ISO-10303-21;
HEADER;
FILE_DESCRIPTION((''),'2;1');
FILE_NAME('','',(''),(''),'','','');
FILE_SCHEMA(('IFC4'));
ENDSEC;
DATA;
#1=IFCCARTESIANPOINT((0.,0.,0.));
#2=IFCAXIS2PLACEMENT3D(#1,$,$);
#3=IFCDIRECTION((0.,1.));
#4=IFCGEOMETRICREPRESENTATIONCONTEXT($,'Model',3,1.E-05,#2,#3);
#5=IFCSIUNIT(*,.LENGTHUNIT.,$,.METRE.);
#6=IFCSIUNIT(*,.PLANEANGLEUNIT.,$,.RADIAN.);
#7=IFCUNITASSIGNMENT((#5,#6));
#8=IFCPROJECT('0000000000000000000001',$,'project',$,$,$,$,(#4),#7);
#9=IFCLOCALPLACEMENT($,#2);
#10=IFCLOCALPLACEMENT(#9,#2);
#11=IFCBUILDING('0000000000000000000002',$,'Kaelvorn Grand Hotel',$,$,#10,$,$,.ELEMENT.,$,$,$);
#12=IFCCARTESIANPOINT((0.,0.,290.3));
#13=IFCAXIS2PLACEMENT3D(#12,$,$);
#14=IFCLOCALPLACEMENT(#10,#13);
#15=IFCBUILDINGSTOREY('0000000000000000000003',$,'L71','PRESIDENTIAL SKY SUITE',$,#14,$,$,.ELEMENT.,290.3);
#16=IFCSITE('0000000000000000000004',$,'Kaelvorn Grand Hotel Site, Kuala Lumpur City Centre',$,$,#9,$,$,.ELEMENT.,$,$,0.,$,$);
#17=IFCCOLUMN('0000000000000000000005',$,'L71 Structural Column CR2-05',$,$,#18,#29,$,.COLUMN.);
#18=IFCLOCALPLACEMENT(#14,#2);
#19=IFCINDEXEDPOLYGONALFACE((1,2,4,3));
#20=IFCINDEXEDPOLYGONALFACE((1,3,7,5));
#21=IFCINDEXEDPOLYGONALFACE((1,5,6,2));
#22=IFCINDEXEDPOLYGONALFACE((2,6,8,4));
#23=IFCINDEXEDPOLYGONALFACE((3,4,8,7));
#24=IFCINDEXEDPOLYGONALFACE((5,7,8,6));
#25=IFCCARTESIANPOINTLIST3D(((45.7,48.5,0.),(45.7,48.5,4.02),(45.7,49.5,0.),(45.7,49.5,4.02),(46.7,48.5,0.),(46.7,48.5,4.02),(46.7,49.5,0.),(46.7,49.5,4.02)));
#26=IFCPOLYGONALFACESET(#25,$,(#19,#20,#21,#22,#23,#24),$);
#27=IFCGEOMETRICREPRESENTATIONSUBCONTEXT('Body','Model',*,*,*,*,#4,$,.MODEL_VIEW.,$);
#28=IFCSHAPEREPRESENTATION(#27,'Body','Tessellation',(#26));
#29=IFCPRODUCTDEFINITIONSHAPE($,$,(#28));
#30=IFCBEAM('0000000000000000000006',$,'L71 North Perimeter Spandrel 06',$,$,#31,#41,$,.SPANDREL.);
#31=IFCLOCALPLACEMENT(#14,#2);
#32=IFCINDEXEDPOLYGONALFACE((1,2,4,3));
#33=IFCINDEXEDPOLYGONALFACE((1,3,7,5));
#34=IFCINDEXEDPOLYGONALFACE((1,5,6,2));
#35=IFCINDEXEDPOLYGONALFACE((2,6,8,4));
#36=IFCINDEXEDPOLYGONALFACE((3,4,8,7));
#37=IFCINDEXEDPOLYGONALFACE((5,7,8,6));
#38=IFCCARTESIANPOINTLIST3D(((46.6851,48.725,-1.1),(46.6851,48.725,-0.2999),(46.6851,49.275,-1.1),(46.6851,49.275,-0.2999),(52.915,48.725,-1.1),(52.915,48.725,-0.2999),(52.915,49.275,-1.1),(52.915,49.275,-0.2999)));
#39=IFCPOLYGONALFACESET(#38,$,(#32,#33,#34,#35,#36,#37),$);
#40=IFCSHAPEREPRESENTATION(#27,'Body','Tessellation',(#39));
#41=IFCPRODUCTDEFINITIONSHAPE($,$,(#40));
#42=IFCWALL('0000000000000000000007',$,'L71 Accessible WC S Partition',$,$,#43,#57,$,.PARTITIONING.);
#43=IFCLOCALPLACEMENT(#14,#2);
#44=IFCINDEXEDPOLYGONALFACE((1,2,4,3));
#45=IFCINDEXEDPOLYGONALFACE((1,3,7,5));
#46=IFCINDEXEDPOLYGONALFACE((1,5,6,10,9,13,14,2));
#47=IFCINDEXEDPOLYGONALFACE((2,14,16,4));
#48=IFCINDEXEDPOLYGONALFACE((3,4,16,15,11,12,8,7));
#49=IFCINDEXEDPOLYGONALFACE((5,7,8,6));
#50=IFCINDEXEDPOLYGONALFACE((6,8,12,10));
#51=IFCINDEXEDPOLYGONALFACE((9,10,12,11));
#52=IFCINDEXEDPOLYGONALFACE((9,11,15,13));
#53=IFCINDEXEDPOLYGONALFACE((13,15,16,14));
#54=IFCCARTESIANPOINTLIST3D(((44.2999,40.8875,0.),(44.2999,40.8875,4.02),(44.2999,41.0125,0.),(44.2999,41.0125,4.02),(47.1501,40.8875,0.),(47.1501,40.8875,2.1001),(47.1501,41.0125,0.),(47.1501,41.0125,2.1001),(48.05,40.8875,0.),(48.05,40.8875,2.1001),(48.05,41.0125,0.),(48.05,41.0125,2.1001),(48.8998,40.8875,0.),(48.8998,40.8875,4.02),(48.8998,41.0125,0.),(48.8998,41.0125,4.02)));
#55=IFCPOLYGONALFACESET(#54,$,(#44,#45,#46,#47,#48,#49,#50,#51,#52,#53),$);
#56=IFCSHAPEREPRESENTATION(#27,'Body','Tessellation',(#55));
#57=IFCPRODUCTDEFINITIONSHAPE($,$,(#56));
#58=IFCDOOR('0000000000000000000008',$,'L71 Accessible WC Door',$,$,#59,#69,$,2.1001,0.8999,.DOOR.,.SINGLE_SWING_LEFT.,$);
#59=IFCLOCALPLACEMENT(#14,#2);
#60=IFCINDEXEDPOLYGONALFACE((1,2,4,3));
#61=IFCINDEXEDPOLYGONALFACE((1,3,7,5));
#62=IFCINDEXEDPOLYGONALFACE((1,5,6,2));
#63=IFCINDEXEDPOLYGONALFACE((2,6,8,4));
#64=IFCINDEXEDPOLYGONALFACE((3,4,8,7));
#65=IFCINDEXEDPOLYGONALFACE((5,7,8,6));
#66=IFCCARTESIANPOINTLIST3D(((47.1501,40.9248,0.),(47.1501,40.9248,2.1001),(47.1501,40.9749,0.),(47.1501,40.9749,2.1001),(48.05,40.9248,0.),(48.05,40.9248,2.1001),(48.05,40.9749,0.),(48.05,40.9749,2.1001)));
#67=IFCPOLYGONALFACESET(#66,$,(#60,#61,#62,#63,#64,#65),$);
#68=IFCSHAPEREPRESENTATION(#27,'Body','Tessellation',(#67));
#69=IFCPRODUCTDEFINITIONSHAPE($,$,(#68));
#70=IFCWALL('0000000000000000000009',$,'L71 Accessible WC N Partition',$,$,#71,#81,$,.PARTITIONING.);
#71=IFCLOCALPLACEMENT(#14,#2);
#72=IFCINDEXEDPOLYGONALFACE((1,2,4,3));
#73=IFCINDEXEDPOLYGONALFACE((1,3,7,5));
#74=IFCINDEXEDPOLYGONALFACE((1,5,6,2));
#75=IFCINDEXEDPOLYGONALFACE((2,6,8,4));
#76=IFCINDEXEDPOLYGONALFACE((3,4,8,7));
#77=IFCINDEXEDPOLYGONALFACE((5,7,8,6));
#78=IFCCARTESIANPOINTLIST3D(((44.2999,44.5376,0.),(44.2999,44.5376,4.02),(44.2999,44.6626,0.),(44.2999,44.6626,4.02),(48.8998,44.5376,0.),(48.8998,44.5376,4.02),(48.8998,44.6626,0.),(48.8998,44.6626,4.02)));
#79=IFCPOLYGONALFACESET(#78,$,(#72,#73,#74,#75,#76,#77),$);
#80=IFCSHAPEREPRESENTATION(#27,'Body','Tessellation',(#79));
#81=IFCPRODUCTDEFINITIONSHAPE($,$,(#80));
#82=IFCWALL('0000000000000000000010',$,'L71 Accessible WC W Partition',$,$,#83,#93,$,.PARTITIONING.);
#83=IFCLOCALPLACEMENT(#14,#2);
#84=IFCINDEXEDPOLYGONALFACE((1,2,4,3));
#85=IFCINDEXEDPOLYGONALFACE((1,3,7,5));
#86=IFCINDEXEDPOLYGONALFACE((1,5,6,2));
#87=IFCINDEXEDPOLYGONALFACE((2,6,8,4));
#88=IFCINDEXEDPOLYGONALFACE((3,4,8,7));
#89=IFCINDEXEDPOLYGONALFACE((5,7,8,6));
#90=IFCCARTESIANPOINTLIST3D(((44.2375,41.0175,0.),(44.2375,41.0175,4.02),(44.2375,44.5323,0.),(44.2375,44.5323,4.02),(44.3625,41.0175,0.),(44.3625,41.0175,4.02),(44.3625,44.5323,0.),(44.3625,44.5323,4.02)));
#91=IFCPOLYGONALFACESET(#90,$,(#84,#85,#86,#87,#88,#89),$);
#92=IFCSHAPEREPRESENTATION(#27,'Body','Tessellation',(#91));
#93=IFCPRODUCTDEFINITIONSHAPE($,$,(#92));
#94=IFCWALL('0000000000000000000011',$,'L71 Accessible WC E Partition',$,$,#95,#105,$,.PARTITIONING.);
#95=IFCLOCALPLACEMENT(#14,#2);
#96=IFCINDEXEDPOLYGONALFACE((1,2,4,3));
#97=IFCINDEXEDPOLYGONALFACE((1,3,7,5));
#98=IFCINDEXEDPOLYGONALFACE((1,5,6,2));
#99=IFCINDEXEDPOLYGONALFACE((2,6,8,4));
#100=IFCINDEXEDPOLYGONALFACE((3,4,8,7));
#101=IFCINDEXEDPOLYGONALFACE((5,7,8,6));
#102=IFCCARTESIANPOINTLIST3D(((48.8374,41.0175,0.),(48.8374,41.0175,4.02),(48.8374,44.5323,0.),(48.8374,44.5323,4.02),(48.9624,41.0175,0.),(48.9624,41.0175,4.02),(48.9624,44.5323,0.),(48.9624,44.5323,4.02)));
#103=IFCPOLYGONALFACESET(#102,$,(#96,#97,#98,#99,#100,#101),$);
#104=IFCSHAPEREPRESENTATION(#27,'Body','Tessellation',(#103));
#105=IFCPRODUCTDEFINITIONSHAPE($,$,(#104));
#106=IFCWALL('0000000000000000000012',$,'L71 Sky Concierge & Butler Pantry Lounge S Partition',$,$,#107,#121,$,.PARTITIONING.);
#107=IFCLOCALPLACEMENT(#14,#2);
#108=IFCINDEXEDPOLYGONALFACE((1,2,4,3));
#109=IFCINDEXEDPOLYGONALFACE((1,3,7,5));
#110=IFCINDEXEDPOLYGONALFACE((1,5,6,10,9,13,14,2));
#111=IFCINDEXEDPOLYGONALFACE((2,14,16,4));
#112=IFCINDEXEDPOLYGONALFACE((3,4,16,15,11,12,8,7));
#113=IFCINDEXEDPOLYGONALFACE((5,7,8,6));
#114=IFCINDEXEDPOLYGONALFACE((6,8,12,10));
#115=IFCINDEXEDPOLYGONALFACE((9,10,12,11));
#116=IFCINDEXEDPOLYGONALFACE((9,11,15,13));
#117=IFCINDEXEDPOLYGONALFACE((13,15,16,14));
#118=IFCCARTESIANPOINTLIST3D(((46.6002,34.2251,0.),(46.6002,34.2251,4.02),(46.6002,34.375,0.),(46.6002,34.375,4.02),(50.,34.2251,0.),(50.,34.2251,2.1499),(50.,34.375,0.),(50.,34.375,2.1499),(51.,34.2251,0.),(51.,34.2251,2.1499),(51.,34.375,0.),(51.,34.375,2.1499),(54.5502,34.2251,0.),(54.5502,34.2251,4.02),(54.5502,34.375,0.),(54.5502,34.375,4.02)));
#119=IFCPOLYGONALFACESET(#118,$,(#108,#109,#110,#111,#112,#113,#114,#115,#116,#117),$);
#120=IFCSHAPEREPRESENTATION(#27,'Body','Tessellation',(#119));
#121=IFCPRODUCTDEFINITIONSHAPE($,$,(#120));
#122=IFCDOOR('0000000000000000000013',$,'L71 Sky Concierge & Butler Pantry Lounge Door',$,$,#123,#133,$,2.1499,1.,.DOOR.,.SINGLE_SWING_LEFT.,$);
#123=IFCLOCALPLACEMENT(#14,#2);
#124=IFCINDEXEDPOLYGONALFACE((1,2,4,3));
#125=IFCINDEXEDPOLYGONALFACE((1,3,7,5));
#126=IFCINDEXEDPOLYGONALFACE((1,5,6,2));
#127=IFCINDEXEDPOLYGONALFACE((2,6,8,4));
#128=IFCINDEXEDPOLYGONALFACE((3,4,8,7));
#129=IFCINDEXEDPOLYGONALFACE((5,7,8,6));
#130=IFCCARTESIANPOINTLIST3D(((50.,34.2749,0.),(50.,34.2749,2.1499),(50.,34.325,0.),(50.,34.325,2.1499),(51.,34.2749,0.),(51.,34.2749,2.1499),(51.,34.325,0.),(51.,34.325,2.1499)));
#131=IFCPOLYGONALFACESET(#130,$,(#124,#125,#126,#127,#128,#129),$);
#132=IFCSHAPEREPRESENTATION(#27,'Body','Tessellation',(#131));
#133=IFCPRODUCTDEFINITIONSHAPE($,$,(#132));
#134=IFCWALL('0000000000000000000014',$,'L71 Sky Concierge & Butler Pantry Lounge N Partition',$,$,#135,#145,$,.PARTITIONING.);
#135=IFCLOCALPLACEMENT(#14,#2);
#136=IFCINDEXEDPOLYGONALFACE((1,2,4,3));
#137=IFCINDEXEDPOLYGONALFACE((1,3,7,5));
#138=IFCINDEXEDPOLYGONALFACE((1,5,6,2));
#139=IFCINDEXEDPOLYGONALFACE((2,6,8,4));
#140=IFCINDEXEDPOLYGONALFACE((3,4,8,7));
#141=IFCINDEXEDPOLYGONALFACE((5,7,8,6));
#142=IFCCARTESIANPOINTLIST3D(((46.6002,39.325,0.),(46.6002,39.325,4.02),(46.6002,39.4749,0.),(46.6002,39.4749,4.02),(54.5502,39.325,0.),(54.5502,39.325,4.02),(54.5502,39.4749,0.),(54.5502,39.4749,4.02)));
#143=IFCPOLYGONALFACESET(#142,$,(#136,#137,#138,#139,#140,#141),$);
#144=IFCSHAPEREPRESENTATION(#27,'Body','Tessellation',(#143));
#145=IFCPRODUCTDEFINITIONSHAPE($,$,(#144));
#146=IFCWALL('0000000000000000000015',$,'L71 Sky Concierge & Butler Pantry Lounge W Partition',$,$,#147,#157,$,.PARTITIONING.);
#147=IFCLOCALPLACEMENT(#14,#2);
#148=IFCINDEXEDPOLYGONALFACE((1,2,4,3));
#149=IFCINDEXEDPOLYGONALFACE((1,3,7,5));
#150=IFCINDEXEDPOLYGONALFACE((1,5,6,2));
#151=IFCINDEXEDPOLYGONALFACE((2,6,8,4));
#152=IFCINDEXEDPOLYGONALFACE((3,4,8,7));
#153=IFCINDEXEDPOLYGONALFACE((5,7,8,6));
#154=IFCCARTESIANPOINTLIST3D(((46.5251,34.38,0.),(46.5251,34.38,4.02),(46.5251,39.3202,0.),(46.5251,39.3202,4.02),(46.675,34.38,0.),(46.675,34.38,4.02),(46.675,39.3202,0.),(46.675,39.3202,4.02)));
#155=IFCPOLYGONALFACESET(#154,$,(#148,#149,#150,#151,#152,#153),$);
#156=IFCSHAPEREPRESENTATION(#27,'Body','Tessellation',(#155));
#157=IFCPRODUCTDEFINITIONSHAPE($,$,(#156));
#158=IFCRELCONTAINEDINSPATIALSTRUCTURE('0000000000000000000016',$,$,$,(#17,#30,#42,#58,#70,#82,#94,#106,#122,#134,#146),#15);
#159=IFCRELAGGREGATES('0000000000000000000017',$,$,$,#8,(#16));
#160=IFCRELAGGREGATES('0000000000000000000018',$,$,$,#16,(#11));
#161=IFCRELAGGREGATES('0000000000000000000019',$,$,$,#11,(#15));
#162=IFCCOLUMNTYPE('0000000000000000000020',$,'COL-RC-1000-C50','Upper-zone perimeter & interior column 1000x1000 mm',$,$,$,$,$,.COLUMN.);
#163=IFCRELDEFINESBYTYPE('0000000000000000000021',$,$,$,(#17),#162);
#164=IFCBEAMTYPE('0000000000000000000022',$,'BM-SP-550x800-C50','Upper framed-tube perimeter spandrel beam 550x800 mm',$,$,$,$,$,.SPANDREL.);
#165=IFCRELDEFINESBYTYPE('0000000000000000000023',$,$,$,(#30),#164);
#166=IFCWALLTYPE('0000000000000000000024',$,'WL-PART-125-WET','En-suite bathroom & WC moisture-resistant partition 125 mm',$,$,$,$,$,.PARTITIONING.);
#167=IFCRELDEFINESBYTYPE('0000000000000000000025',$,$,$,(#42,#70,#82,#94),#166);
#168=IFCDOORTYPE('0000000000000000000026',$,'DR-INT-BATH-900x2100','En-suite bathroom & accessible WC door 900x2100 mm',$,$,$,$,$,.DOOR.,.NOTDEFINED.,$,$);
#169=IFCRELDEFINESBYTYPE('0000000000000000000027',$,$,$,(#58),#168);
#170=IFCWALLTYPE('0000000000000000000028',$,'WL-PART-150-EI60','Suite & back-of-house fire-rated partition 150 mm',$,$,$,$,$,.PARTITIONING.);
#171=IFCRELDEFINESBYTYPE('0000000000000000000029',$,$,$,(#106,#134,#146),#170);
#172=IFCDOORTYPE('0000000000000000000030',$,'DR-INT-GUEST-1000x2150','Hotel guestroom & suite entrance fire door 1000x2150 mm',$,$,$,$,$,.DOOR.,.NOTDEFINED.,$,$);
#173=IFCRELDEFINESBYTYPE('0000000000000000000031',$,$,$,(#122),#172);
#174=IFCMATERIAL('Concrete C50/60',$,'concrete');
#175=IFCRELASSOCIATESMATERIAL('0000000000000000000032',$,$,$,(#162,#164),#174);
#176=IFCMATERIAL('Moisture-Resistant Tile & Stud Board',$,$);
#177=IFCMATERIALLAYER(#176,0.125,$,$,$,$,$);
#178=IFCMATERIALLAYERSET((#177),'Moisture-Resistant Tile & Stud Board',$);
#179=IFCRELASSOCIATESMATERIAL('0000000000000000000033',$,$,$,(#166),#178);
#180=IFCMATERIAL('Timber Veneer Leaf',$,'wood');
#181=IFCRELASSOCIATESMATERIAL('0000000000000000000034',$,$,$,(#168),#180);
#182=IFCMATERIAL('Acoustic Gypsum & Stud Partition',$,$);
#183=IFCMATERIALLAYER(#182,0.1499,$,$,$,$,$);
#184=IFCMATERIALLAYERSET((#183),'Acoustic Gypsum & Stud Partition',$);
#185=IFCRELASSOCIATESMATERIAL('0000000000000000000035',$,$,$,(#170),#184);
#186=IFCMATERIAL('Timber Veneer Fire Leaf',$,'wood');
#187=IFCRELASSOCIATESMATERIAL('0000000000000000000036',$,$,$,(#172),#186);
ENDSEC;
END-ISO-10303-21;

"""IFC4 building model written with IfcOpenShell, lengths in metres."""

from ifc_helpers import new_model, si_unit, direction, frame, frame_2d, origin, origin_2d, place, context, subcontext, project, spatial, rectangle, extrude, material, layer, layer_set, material_profile, profile_set, type_object, element, fill, save


model = new_model("IFC4")

# Units and contexts
model_context = context("Model", 3, precision=1e-05, world=origin(), true_north=direction((0.0, 1.0)))
body_context = subcontext(model_context, "Body", "Model", "MODEL_VIEW")
ifc_project = project(units=[si_unit("LENGTHUNIT", "METRE"), si_unit("PLANEANGLEUNIT", "RADIAN")], contexts=[model_context])

# Site, building, storey
site_placement = place(None, origin())
site = spatial("IfcSite", under=ifc_project, at=site_placement, Name="Kaelvorn Grand Hotel Site, Kuala Lumpur City Centre", CompositionType="ELEMENT", RefElevation=0.0)
building_placement = place(site_placement, origin())
building = spatial("IfcBuilding", under=site, at=building_placement, Name="Kaelvorn Grand Hotel", CompositionType="ELEMENT")
storey_placement = place(building_placement, frame((0.0, 0.0, 290.3)))
storey = spatial("IfcBuildingStorey", under=building, at=storey_placement, Name="L71", Description="PRESIDENTIAL SKY SUITE", CompositionType="ELEMENT", Elevation=290.3)

# Column
ifc_material_1 = material(Name="Concrete C50/60", Category="concrete")
ifc_material_profile_1 = material_profile(ifc_material_1, rectangle(XDim=1.0, YDim=1.0, at=origin_2d()), Name="RC COL 1000x1000")
ifc_profile_set_1 = profile_set([ifc_material_profile_1], Name="Concrete C50/60")
column_type = type_object("IfcColumnType", Name="COL-RC-1000-C50", Description="Upper-zone perimeter & interior column 1000x1000 mm", PredefinedType="COLUMN", material=ifc_profile_set_1)
column_placement = place(storey_placement, frame((46.2, 49.0, 0.0), z_axis=(0.0, 0.0, 1.0), x_axis=(1.0, 0.0, 0.0)))
element("IfcColumn", 1, at=column_placement, inside=storey, type_object=column_type, Name="L71 Structural Column CR2-05", PredefinedType="COLUMN", context=body_context, shape_type="SweptSolid", body=[
    extrude(rectangle(XDim=1.0, YDim=1.0, at=origin_2d()), origin(), (0.0, 0.0, 1.0), 4.02),
])

# Beam
ifc_material_profile_2 = material_profile(ifc_material_1, rectangle(XDim=0.55, YDim=0.8, at=origin_2d()), Name="RC SPANDREL 550x800")
ifc_profile_set_2 = profile_set([ifc_material_profile_2], Name="Concrete C50/60")
beam_type = type_object("IfcBeamType", Name="BM-SP-550x800-C50", Description="Upper framed-tube perimeter spandrel beam 550x800 mm", PredefinedType="SPANDREL", material=ifc_profile_set_2)
beam_placement = place(storey_placement, frame((46.6851, 49.0, -0.7), z_axis=(1.0, 0.0, 0.0), x_axis=(0.0, 1.0, 0.0)))
element("IfcBeam", 2, at=beam_placement, inside=storey, type_object=beam_type, Name="L71 North Perimeter Spandrel 06", PredefinedType="SPANDREL", context=body_context, shape_type="SweptSolid", body=[
    extrude(rectangle(XDim=0.55, YDim=0.8, at=origin_2d()), origin(), (0.0, 0.0, 1.0), 6.23),
])

# Wall, opening, door
ifc_material_2 = material(Name="Moisture-Resistant Tile & Stud Board")
ifc_layer_1 = layer(ifc_material_2, 0.125)
ifc_layer_set_1 = layer_set([ifc_layer_1], Name="Moisture-Resistant Tile & Stud Board")
wall_type_1 = type_object("IfcWallType", Name="WL-PART-125-WET", Description="En-suite bathroom & WC moisture-resistant partition 125 mm", PredefinedType="PARTITIONING", material=ifc_layer_set_1)
wall_1_placement = place(storey_placement, frame((44.3, 40.95, 0.0), z_axis=(0.0, 0.0, 1.0), x_axis=(1.0, 0.0, 0.0)))
wall_1 = element("IfcWall", 3, at=wall_1_placement, inside=storey, type_object=wall_type_1, Name="L71 Accessible WC S Partition", PredefinedType="PARTITIONING", context=body_context, shape_type="SweptSolid", body=[
    extrude(rectangle(XDim=4.5999, YDim=0.125, at=frame_2d((2.2998, 0.0))), origin(), (0.0, 0.0, 1.0), 4.02),
])
opening_1_placement = place(wall_1_placement, frame((2.8501, 0.0, 0.0)))
opening_1 = element("IfcOpeningElement", 4, at=opening_1_placement, cuts=wall_1, PredefinedType="OPENING", context=body_context, shape_type="SweptSolid", body=[
    extrude(rectangle(XDim=0.8999, YDim=2.1001, at=frame_2d((0.45, 1.05))), frame((0.0, 0.0725, 0.0), z_axis=(0.0, -1.0, 0.0), x_axis=(1.0, 0.0, 0.0)), (0.0, 0.0, 1.0), 0.145),
])
ifc_material_3 = material(Name="Timber Veneer Leaf", Category="wood")
door_type_1 = type_object("IfcDoorType", Name="DR-INT-BATH-900x2100", Description="En-suite bathroom & accessible WC door 900x2100 mm", OperationType="NOTDEFINED", PredefinedType="DOOR", material=ifc_material_3)
door_1_placement = place(opening_1_placement, origin())
door_1 = element("IfcDoor", 5, at=door_1_placement, inside=storey, type_object=door_type_1, Name="L71 Accessible WC Door", OperationType="SINGLE_SWING_LEFT", OverallHeight=2.1001, OverallWidth=0.8999, PredefinedType="DOOR", context=body_context, shape_type="SweptSolid", body=[
    extrude(rectangle(XDim=0.8999, YDim=2.1001, at=frame_2d((0.45, 1.05))), frame((0.0, 0.0249, 0.0), z_axis=(0.0, -1.0, 0.0), x_axis=(1.0, 0.0, 0.0)), (0.0, 0.0, 1.0), 0.05),
])
fill(opening_1, door_1)

# Walls
wall_2_placement = place(storey_placement, frame((44.3, 44.6001, 0.0), z_axis=(0.0, 0.0, 1.0), x_axis=(1.0, 0.0, 0.0)))
element("IfcWall", 6, at=wall_2_placement, inside=storey, type_object=wall_type_1, Name="L71 Accessible WC N Partition", PredefinedType="PARTITIONING", context=body_context, shape_type="SweptSolid", body=[
    extrude(rectangle(XDim=4.5999, YDim=0.125, at=frame_2d((2.2998, 0.0))), origin(), (0.0, 0.0, 1.0), 4.02),
])
for number, where, z_axis, x_axis, name in (
    (7, (44.3, 41.0176, 0.0), (0.0, 0.0, 1.0), (0.0, 1.0, 0.0), "L71 Accessible WC W Partition"),
    (8, (48.8999, 41.0176, 0.0), (0.0, 0.0, 1.0), (0.0, 1.0, 0.0), "L71 Accessible WC E Partition"),
):
    element("IfcWall", number, at=place(storey_placement, frame(where, z_axis=z_axis, x_axis=x_axis)), inside=storey, type_object=wall_type_1, Name=name, PredefinedType="PARTITIONING", context=body_context, shape_type="SweptSolid", body=[
        extrude(rectangle(XDim=3.5149, YDim=0.125, at=frame_2d((1.7573, 0.0))), origin(), (0.0, 0.0, 1.0), 4.02),
    ])

# Wall, opening, door
ifc_material_4 = material(Name="Acoustic Gypsum & Stud Partition")
ifc_layer_2 = layer(ifc_material_4, 0.1499)
ifc_layer_set_2 = layer_set([ifc_layer_2], Name="Acoustic Gypsum & Stud Partition")
wall_type_2 = type_object("IfcWallType", Name="WL-PART-150-EI60", Description="Suite & back-of-house fire-rated partition 150 mm", PredefinedType="PARTITIONING", material=ifc_layer_set_2)
wall_3_placement = place(storey_placement, frame((46.6001, 34.3, 0.0), z_axis=(0.0, 0.0, 1.0), x_axis=(1.0, 0.0, 0.0)))
wall_3 = element("IfcWall", 9, at=wall_3_placement, inside=storey, type_object=wall_type_2, Name="L71 Sky Concierge & Butler Pantry Lounge S Partition", PredefinedType="PARTITIONING", context=body_context, shape_type="SweptSolid", body=[
    extrude(rectangle(XDim=7.95, YDim=0.1499, at=frame_2d((3.9751, 0.0))), origin(), (0.0, 0.0, 1.0), 4.02),
])
opening_2_placement = place(wall_3_placement, frame((3.3999, 0.0, 0.0)))
opening_2 = element("IfcOpeningElement", 10, at=opening_2_placement, cuts=wall_3, PredefinedType="OPENING", context=body_context, shape_type="SweptSolid", body=[
    extrude(rectangle(XDim=1.0, YDim=2.1499, at=frame_2d((0.5, 1.075))), frame((0.0, 0.085, 0.0), z_axis=(0.0, -1.0, 0.0), x_axis=(1.0, 0.0, 0.0)), (0.0, 0.0, 1.0), 0.1699),
])
ifc_material_5 = material(Name="Timber Veneer Fire Leaf", Category="wood")
door_type_2 = type_object("IfcDoorType", Name="DR-INT-GUEST-1000x2150", Description="Hotel guestroom & suite entrance fire door 1000x2150 mm", OperationType="NOTDEFINED", PredefinedType="DOOR", material=ifc_material_5)
door_2_placement = place(opening_2_placement, origin())
door_2 = element("IfcDoor", 11, at=door_2_placement, inside=storey, type_object=door_type_2, Name="L71 Sky Concierge & Butler Pantry Lounge Door", OperationType="SINGLE_SWING_LEFT", OverallHeight=2.1499, OverallWidth=1.0, PredefinedType="DOOR", context=body_context, shape_type="SweptSolid", body=[
    extrude(rectangle(XDim=1.0, YDim=2.1499, at=frame_2d((0.5, 1.075))), frame((0.0, 0.0249, 0.0), z_axis=(0.0, -1.0, 0.0), x_axis=(1.0, 0.0, 0.0)), (0.0, 0.0, 1.0), 0.05),
])
fill(opening_2, door_2)

# Walls
wall_4_placement = place(storey_placement, frame((46.6001, 39.3999, 0.0), z_axis=(0.0, 0.0, 1.0), x_axis=(1.0, 0.0, 0.0)))
element("IfcWall", 12, at=wall_4_placement, inside=storey, type_object=wall_type_2, Name="L71 Sky Concierge & Butler Pantry Lounge N Partition", PredefinedType="PARTITIONING", context=body_context, shape_type="SweptSolid", body=[
    extrude(rectangle(XDim=7.95, YDim=0.1499, at=frame_2d((3.9751, 0.0))), origin(), (0.0, 0.0, 1.0), 4.02),
])
wall_5_placement = place(storey_placement, frame((46.6001, 34.3799, 0.0), z_axis=(0.0, 0.0, 1.0), x_axis=(0.0, 1.0, 0.0)))
element("IfcWall", 13, at=wall_5_placement, inside=storey, type_object=wall_type_2, Name="L71 Sky Concierge & Butler Pantry Lounge W Partition", PredefinedType="PARTITIONING", context=body_context, shape_type="SweptSolid", body=[
    extrude(rectangle(XDim=4.9402, YDim=0.1499, at=frame_2d((2.4702, 0.0))), origin(), (0.0, 0.0, 1.0), 4.02),
])

save(model, "model.ifc")
